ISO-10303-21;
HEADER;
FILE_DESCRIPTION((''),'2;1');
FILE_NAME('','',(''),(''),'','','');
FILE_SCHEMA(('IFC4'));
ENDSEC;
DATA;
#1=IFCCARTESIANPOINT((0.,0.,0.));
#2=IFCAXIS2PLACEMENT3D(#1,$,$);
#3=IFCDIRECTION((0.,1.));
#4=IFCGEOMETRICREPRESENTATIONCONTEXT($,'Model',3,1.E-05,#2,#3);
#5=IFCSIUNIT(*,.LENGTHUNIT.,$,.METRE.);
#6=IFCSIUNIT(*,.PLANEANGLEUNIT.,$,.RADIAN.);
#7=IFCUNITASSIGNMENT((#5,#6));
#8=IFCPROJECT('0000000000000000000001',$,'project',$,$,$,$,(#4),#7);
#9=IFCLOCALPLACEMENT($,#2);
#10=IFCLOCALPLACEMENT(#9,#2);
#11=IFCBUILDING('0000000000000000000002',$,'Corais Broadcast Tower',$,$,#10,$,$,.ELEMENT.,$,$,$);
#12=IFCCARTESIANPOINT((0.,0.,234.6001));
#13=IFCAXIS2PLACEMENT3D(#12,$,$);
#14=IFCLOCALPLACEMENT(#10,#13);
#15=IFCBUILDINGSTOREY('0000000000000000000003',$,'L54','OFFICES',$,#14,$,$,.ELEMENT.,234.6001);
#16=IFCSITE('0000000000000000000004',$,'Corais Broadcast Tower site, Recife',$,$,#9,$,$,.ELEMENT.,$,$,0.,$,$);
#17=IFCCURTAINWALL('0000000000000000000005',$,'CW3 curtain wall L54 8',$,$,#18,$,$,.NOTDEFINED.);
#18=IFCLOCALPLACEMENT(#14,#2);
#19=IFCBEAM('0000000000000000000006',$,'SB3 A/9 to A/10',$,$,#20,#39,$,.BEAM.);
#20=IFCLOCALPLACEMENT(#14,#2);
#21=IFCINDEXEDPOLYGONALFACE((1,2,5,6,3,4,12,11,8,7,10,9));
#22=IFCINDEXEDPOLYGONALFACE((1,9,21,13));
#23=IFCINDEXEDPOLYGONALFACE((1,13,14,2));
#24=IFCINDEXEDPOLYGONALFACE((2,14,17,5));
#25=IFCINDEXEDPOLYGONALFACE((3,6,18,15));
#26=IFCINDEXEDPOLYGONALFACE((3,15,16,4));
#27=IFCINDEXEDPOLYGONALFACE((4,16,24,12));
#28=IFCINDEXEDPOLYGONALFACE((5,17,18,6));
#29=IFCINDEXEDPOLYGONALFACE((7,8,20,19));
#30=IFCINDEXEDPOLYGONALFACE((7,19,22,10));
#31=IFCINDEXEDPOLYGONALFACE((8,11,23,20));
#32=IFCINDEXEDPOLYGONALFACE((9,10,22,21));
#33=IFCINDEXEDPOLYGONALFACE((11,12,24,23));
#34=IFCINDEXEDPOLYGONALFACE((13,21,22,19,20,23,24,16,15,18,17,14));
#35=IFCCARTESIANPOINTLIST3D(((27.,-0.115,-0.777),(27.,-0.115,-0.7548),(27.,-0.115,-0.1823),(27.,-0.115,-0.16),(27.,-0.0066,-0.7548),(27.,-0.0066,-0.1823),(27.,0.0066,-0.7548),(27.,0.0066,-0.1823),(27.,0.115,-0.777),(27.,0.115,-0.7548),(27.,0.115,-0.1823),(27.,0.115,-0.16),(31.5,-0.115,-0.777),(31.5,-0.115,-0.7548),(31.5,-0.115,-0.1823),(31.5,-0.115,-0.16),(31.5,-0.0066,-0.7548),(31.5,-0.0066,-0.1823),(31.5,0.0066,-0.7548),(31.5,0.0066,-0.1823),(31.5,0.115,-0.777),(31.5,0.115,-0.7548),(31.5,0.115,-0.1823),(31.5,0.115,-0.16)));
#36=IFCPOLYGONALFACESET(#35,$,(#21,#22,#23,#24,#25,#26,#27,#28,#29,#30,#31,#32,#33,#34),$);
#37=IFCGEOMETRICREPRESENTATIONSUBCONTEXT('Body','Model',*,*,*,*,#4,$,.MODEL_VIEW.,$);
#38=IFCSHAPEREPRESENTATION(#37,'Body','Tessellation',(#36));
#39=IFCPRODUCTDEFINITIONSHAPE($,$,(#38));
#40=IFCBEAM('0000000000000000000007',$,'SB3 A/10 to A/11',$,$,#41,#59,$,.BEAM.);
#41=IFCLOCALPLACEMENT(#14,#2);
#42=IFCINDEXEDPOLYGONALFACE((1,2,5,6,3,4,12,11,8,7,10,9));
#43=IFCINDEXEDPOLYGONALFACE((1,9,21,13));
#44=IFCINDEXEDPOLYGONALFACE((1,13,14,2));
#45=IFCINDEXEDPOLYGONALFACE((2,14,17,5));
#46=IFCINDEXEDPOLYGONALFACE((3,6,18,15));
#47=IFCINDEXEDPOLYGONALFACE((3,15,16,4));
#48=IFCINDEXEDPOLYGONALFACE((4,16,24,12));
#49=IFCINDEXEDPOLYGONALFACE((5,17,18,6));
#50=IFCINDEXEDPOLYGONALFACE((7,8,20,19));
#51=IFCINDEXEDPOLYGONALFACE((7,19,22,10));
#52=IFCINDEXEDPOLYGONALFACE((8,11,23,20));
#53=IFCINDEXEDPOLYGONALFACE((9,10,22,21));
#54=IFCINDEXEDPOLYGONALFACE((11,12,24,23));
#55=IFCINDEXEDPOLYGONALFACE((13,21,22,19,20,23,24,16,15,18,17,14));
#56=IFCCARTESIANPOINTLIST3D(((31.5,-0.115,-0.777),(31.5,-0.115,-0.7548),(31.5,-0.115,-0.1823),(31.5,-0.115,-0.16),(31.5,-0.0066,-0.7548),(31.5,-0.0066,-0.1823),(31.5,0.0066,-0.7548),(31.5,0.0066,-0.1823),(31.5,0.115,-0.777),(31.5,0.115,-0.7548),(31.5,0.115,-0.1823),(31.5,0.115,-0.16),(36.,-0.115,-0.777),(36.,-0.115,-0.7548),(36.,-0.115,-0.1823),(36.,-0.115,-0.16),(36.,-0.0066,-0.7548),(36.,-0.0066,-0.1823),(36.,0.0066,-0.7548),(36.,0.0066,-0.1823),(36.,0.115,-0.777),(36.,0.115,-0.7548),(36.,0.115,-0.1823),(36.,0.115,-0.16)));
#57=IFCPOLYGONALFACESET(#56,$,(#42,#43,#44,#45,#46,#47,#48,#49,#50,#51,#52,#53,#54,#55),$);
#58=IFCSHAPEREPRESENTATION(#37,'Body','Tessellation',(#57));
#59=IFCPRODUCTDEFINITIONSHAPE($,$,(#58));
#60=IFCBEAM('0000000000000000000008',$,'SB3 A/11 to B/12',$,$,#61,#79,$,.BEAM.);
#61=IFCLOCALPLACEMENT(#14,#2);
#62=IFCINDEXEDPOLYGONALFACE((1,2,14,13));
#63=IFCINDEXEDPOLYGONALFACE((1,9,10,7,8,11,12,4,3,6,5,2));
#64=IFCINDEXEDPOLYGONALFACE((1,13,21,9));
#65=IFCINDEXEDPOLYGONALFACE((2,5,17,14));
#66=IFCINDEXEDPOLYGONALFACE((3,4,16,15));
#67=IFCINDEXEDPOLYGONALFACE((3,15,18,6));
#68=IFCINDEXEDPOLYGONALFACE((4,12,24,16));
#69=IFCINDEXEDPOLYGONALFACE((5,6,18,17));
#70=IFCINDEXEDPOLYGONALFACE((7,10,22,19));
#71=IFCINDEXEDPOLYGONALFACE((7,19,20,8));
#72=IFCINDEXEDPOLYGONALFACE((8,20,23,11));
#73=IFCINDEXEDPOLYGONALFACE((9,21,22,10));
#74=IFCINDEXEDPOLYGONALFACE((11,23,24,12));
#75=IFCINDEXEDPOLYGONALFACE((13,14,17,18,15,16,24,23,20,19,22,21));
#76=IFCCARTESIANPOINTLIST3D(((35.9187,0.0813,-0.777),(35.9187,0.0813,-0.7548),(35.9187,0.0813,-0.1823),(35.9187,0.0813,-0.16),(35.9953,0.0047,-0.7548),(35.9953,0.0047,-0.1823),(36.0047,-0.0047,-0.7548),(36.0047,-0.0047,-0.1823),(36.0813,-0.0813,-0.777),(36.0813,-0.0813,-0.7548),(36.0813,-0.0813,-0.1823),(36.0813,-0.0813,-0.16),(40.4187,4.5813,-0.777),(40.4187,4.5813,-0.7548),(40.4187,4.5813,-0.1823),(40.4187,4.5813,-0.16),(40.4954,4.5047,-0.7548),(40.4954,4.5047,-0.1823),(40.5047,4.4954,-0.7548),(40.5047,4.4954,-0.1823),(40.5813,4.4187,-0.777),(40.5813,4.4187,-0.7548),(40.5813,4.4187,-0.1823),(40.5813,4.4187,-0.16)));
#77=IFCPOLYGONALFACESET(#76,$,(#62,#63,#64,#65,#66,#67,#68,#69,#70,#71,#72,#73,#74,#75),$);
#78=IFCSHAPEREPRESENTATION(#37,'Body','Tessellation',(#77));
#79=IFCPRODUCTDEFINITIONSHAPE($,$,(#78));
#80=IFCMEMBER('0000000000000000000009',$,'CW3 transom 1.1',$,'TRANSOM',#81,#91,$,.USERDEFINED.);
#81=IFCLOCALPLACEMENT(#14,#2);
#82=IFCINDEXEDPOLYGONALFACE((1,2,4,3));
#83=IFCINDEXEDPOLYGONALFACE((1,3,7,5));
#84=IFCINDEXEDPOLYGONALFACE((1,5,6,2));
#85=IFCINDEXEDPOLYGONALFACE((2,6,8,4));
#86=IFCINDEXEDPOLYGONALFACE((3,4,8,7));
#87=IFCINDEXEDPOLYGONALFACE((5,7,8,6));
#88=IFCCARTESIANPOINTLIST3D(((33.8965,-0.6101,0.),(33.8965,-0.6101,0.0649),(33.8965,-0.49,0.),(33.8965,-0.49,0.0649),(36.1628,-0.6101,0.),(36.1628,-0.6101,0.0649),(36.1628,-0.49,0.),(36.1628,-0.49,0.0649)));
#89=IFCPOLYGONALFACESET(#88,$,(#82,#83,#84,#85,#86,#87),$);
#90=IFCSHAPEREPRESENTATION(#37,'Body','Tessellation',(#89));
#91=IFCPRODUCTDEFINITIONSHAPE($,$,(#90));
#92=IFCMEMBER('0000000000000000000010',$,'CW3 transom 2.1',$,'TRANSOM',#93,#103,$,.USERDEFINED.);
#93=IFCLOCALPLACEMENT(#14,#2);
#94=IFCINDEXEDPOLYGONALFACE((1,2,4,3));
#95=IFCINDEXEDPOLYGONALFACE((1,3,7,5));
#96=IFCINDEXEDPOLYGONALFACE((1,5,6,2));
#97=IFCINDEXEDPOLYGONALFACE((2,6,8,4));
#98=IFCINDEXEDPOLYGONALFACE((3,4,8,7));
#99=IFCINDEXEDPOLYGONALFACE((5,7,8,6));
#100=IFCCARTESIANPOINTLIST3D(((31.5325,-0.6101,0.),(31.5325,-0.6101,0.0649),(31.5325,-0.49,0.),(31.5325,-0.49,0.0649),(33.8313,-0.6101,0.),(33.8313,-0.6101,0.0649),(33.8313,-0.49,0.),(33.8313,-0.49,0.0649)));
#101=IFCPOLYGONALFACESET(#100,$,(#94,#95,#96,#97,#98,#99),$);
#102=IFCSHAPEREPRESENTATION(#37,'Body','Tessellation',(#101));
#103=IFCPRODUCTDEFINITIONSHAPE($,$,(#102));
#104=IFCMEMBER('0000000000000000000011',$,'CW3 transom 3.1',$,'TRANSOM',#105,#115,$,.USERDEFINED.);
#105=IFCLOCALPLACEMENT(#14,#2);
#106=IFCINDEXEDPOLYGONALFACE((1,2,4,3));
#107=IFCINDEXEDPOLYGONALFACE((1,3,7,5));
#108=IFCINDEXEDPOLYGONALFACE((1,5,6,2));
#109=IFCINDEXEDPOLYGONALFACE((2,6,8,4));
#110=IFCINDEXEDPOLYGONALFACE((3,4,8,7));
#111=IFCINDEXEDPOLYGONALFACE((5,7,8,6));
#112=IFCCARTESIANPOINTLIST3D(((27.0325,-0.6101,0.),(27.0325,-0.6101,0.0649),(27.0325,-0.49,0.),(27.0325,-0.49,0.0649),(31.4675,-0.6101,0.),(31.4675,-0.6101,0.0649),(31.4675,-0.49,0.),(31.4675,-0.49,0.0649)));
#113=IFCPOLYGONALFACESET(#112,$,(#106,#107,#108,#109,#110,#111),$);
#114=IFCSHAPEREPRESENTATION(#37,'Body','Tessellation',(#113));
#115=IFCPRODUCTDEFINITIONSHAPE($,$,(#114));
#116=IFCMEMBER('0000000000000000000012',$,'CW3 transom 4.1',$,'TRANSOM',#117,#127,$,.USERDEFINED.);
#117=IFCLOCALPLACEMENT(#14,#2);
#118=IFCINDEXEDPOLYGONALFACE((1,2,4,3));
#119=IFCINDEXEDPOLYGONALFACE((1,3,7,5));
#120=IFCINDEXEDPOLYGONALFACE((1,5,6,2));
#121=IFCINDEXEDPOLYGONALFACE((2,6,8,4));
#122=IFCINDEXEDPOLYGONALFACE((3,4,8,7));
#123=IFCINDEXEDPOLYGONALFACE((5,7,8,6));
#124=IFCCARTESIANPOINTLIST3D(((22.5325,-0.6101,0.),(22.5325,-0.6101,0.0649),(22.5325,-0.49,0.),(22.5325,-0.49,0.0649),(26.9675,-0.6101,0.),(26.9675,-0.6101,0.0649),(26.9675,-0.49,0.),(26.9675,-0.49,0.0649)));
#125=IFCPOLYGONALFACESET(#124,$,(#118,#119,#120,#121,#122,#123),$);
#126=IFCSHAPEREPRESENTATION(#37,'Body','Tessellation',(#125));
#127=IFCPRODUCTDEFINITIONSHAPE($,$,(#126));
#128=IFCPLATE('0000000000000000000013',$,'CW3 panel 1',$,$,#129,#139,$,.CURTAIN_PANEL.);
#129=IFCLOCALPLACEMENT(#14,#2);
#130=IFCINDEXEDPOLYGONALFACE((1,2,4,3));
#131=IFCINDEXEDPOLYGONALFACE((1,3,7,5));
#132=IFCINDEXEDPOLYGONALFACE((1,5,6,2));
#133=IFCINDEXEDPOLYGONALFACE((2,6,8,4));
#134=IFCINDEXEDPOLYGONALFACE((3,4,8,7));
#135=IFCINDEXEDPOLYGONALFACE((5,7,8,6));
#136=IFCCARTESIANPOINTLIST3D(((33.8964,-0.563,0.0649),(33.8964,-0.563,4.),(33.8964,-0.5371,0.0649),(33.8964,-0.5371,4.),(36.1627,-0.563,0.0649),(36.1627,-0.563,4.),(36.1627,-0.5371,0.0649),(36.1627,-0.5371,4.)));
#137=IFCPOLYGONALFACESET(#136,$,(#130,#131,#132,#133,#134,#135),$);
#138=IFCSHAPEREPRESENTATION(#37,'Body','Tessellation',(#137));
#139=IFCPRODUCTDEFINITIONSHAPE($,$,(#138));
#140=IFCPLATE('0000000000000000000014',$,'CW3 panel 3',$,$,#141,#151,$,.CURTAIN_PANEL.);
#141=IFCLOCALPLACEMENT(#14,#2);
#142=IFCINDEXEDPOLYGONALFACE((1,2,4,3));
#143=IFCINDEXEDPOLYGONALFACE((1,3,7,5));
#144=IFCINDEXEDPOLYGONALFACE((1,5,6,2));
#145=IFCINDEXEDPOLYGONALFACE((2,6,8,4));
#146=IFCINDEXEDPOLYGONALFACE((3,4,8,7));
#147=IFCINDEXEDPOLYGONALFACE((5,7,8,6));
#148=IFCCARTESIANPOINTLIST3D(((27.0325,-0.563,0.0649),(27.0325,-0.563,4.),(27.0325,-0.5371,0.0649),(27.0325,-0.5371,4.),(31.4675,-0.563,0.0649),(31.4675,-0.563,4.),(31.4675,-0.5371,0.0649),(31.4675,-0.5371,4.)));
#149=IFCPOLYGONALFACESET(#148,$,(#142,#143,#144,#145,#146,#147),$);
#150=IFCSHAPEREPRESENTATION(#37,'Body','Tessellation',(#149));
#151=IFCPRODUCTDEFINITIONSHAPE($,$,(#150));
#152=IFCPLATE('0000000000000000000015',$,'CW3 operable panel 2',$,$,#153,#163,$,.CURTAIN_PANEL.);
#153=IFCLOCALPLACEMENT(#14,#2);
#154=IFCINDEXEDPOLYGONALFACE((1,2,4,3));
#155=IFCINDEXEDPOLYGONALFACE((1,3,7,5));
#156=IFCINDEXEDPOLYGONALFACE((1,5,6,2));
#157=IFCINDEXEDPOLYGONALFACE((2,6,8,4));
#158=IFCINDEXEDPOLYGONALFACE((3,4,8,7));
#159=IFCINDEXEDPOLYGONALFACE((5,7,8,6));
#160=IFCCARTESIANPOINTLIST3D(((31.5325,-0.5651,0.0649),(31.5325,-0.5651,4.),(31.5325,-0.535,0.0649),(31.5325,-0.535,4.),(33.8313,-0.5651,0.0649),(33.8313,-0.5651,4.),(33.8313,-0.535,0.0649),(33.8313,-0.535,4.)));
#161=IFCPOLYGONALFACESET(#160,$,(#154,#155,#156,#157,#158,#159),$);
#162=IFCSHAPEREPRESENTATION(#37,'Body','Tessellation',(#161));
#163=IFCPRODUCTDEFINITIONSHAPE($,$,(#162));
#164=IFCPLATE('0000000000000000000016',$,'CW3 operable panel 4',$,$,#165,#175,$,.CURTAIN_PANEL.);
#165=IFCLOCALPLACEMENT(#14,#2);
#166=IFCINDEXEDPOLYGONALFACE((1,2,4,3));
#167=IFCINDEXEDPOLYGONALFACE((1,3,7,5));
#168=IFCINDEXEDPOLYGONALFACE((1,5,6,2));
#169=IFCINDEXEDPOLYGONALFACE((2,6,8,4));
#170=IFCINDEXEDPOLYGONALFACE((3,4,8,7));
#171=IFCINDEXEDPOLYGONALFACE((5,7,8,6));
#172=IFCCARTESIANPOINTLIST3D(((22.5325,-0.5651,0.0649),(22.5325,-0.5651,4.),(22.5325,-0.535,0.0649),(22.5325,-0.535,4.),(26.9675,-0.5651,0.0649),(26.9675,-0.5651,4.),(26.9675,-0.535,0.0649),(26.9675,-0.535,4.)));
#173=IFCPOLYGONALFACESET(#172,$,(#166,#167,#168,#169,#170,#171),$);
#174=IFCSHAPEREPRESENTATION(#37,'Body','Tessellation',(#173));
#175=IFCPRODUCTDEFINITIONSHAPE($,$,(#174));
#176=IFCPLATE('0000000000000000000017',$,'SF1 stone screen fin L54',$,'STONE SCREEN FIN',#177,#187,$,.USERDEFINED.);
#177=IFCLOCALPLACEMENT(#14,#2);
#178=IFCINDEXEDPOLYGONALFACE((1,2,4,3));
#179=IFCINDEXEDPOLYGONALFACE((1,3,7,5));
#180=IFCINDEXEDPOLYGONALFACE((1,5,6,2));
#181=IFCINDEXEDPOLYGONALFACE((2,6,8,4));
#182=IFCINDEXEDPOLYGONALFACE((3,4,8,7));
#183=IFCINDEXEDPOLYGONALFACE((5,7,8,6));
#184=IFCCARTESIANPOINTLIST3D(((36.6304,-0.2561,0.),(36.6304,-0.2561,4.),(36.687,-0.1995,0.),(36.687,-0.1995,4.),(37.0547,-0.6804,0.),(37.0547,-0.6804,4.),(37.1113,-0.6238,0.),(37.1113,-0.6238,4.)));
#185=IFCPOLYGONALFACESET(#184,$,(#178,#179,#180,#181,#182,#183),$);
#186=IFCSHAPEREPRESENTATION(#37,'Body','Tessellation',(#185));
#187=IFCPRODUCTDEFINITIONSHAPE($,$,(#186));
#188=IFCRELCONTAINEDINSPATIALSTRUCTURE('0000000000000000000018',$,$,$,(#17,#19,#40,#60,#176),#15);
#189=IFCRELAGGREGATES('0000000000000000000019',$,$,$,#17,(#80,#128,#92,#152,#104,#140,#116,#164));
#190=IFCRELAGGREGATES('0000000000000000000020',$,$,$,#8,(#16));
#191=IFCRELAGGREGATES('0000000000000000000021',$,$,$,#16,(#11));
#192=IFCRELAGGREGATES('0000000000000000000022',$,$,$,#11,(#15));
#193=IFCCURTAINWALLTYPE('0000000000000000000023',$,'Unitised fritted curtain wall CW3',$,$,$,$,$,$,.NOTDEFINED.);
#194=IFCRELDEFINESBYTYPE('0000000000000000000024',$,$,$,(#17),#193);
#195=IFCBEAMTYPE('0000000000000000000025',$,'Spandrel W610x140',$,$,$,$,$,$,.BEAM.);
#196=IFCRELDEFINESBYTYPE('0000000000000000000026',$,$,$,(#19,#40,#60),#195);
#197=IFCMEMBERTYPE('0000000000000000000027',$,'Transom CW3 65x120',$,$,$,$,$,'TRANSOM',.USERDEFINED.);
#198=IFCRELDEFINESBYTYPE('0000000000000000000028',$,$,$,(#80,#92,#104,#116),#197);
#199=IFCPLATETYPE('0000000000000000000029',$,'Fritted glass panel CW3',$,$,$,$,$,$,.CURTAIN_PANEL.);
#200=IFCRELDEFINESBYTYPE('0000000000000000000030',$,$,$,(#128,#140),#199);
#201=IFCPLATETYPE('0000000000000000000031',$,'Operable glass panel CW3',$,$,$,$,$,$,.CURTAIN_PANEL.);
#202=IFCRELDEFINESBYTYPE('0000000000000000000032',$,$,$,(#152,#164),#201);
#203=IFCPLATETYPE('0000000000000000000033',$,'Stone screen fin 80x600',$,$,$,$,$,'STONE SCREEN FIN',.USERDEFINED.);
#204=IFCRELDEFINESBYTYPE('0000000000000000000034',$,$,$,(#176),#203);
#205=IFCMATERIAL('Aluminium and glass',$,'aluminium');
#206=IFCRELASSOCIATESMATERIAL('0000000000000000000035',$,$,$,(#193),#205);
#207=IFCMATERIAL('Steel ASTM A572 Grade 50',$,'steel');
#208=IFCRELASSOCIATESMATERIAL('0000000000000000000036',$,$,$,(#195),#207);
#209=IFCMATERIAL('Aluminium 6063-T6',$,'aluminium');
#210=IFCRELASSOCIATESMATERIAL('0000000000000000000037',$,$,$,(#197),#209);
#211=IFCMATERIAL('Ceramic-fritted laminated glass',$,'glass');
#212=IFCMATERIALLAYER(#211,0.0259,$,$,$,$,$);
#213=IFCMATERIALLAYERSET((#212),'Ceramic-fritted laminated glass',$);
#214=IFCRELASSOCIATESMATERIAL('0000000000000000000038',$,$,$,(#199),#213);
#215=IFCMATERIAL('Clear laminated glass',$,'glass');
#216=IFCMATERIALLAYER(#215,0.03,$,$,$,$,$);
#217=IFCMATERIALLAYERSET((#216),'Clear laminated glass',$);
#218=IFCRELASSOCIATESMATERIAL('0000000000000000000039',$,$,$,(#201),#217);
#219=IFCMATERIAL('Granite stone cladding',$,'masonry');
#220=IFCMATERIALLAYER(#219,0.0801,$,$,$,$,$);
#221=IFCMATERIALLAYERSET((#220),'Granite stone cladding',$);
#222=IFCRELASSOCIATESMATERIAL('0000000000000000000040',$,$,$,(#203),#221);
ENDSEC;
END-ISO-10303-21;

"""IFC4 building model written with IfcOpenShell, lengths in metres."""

from ifc_helpers import new_model, si_unit, direction, frame, origin, origin_2d, place, context, subcontext, project, spatial, rectangle, i_section, extrude, material, layer, layer_set, material_profile, profile_set, type_object, element, aggregate, save


model = new_model("IFC4")

# Units and contexts
model_context = context("Model", 3, precision=1e-05, world=origin(), true_north=direction((0.0, 1.0)))
body_context = subcontext(model_context, "Body", "Model", "MODEL_VIEW")
ifc_project = project(units=[si_unit("LENGTHUNIT", "METRE"), si_unit("PLANEANGLEUNIT", "RADIAN")], contexts=[model_context])

# Site, building, storey
site_placement = place(None, origin())
site = spatial("IfcSite", under=ifc_project, at=site_placement, Name="Corais Broadcast Tower site, Recife", CompositionType="ELEMENT", RefElevation=0.0)
building_placement = place(site_placement, origin())
building = spatial("IfcBuilding", under=site, at=building_placement, Name="Corais Broadcast Tower", CompositionType="ELEMENT")
storey_placement = place(building_placement, frame((0.0, 0.0, 234.6001)))
storey = spatial("IfcBuildingStorey", under=building, at=storey_placement, Name="L54", Description="OFFICES", CompositionType="ELEMENT", Elevation=234.6001)

# Shared definitions
ifc_material_1 = material(Name="Aluminium and glass", Category="aluminium")
curtain_wall_type = type_object("IfcCurtainWallType", Name="Unitised fritted curtain wall CW3", PredefinedType="NOTDEFINED", material=ifc_material_1)

# Curtain wall
curtain_wall_1_placement = place(storey_placement, origin())
curtain_wall_1 = element("IfcCurtainWall", 1, at=curtain_wall_1_placement, inside=storey, type_object=curtain_wall_type, Name="CW3 curtain wall L54 8", PredefinedType="NOTDEFINED")

# Beams
ifc_material_2 = material(Name="Steel ASTM A572 Grade 50", Category="steel")
ifc_material_profile_1 = material_profile(ifc_material_2, i_section(OverallWidth=0.23, OverallDepth=0.6169, WebThickness=0.0132, FlangeThickness=0.0222, at=origin_2d()), Name="W610x140")
ifc_profile_set_1 = profile_set([ifc_material_profile_1], Name="Steel ASTM A572 Grade 50")
beam_type_1 = type_object("IfcBeamType", Name="Spandrel W610x140", PredefinedType="BEAM", material=ifc_profile_set_1)
for number, where, z_axis, x_axis, name in (
    (2, (27.0, 0.0, -0.4685), (1.0, 0.0, 0.0), (0.0, 1.0, 0.0), "SB3 A/9 to A/10"),
    (3, (31.5, 0.0, -0.4685), (1.0, 0.0, 0.0), (0.0, 1.0, 0.0), "SB3 A/10 to A/11"),
):
    element("IfcBeam", number, at=place(storey_placement, frame(where, z_axis=z_axis, x_axis=x_axis)), inside=storey, type_object=beam_type_1, Name=name, PredefinedType="BEAM", context=body_context, shape_type="SweptSolid", body=[
        extrude(i_section(OverallWidth=0.23, OverallDepth=0.6169, WebThickness=0.0132, FlangeThickness=0.0222, at=origin_2d()), origin(), (0.0, 0.0, 1.0), 4.5),
    ])
beam_placement = place(storey_placement, frame((36.0, 0.0, -0.4685), z_axis=(0.707107, 0.707107, 0.0), x_axis=(-0.707107, 0.707107, 0.0)))
element("IfcBeam", 4, at=beam_placement, inside=storey, type_object=beam_type_1, Name="SB3 A/11 to B/12", PredefinedType="BEAM", context=body_context, shape_type="SweptSolid", body=[
    extrude(i_section(OverallWidth=0.23, OverallDepth=0.6169, WebThickness=0.0132, FlangeThickness=0.0222, at=origin_2d()), origin(), (0.0, 0.0, 1.0), 6.364),
])

# Members
ifc_material_3 = material(Name="Aluminium 6063-T6", Category="aluminium")
ifc_material_profile_2 = material_profile(ifc_material_3, rectangle(XDim=0.1201, YDim=0.0649, at=origin_2d()), Name="Transom CW3 65x120")
ifc_profile_set_2 = profile_set([ifc_material_profile_2], Name="Aluminium 6063-T6")
member_type_1 = type_object("IfcMemberType", Name="Transom CW3 65x120", ElementType="TRANSOM", PredefinedType="USERDEFINED", material=ifc_profile_set_2)
member_1_placement = place(storey_placement, frame((36.1628, -0.55, 0.0325), z_axis=(-1.0, 0.0, 0.0), x_axis=(0.0, -1.0, 0.0)))
member_1 = element("IfcMember", 5, at=member_1_placement, type_object=member_type_1, Name="CW3 transom 1.1", ObjectType="TRANSOM", PredefinedType="USERDEFINED", context=body_context, shape_type="SweptSolid", body=[
    extrude(rectangle(XDim=0.1201, YDim=0.0649, at=origin_2d()), origin(), (0.0, 0.0, 1.0), 2.2664),
])
member_2_placement = place(storey_placement, frame((33.8313, -0.55, 0.0325), z_axis=(-1.0, 0.0, 0.0), x_axis=(0.0, -1.0, 0.0)))
member_2 = element("IfcMember", 6, at=member_2_placement, type_object=member_type_1, Name="CW3 transom 2.1", ObjectType="TRANSOM", PredefinedType="USERDEFINED", context=body_context, shape_type="SweptSolid", body=[
    extrude(rectangle(XDim=0.1201, YDim=0.0649, at=origin_2d()), origin(), (0.0, 0.0, 1.0), 2.2988),
])
member_3_placement = place(storey_placement, frame((31.4675, -0.55, 0.0325), z_axis=(-1.0, 0.0, 0.0), x_axis=(0.0, -1.0, 0.0)))
member_3 = element("IfcMember", 7, at=member_3_placement, type_object=member_type_1, Name="CW3 transom 3.1", ObjectType="TRANSOM", PredefinedType="USERDEFINED", context=body_context, shape_type="SweptSolid", body=[
    extrude(rectangle(XDim=0.1201, YDim=0.0649, at=origin_2d()), origin(), (0.0, 0.0, 1.0), 4.4351),
])
member_4_placement = place(storey_placement, frame((26.9675, -0.55, 0.0325), z_axis=(-1.0, 0.0, 0.0), x_axis=(0.0, -1.0, 0.0)))
member_4 = element("IfcMember", 8, at=member_4_placement, type_object=member_type_1, Name="CW3 transom 4.1", ObjectType="TRANSOM", PredefinedType="USERDEFINED", context=body_context, shape_type="SweptSolid", body=[
    extrude(rectangle(XDim=0.1201, YDim=0.0649, at=origin_2d()), origin(), (0.0, 0.0, 1.0), 4.4351),
])

# Plates
ifc_material_4 = material(Name="Ceramic-fritted laminated glass", Category="glass")
ifc_layer_1 = layer(ifc_material_4, 0.0259)
ifc_layer_set_1 = layer_set([ifc_layer_1], Name="Ceramic-fritted laminated glass")
plate_type_1 = type_object("IfcPlateType", Name="Fritted glass panel CW3", PredefinedType="CURTAIN_PANEL", material=ifc_layer_set_1)
plate_1_placement = place(storey_placement, frame((35.0295, -0.55, 0.0649), z_axis=(0.0, 0.0, 1.0), x_axis=(-1.0, 0.0, 0.0)))
plate_1 = element("IfcPlate", 9, at=plate_1_placement, type_object=plate_type_1, Name="CW3 panel 1", PredefinedType="CURTAIN_PANEL", context=body_context, shape_type="SweptSolid", body=[
    extrude(rectangle(XDim=2.2664, YDim=0.0259, at=origin_2d()), origin(), (0.0, 0.0, 1.0), 3.9351),
])
plate_2_placement = place(storey_placement, frame((29.25, -0.55, 0.0649), z_axis=(0.0, 0.0, 1.0), x_axis=(-1.0, 0.0, 0.0)))
plate_2 = element("IfcPlate", 10, at=plate_2_placement, type_object=plate_type_1, Name="CW3 panel 3", PredefinedType="CURTAIN_PANEL", context=body_context, shape_type="SweptSolid", body=[
    extrude(rectangle(XDim=4.4351, YDim=0.0259, at=origin_2d()), origin(), (0.0, 0.0, 1.0), 3.9351),
])
ifc_material_5 = material(Name="Clear laminated glass", Category="glass")
ifc_layer_2 = layer(ifc_material_5, 0.03)
ifc_layer_set_2 = layer_set([ifc_layer_2], Name="Clear laminated glass")
plate_type_2 = type_object("IfcPlateType", Name="Operable glass panel CW3", PredefinedType="CURTAIN_PANEL", material=ifc_layer_set_2)
plate_3_placement = place(storey_placement, frame((32.6819, -0.55, 0.0649), z_axis=(0.0, 0.0, 1.0), x_axis=(-1.0, 0.0, 0.0)))
plate_3 = element("IfcPlate", 11, at=plate_3_placement, type_object=plate_type_2, Name="CW3 operable panel 2", PredefinedType="CURTAIN_PANEL", context=body_context, shape_type="SweptSolid", body=[
    extrude(rectangle(XDim=2.2988, YDim=0.03, at=origin_2d()), origin(), (0.0, 0.0, 1.0), 3.9351),
])
plate_4_placement = place(storey_placement, frame((24.75, -0.55, 0.0649), z_axis=(0.0, 0.0, 1.0), x_axis=(-1.0, 0.0, 0.0)))
plate_4 = element("IfcPlate", 12, at=plate_4_placement, type_object=plate_type_2, Name="CW3 operable panel 4", PredefinedType="CURTAIN_PANEL", context=body_context, shape_type="SweptSolid", body=[
    extrude(rectangle(XDim=4.4351, YDim=0.03, at=origin_2d()), origin(), (0.0, 0.0, 1.0), 3.9351),
])
aggregate(curtain_wall_1, [member_1, plate_1, member_2, plate_3, member_3, plate_2, member_4, plate_4])
ifc_material_6 = material(Name="Granite stone cladding", Category="masonry")
ifc_layer_3 = layer(ifc_material_6, 0.0801)
ifc_layer_set_3 = layer_set([ifc_layer_3], Name="Granite stone cladding")
plate_type_3 = type_object("IfcPlateType", Name="Stone screen fin 80x600", ElementType="STONE SCREEN FIN", PredefinedType="USERDEFINED", material=ifc_layer_set_3)
plate_5_placement = place(storey_placement, frame((36.8708, -0.4399, 0.0), z_axis=(0.0, 0.0, 1.0), x_axis=(-0.707107, -0.707107, 0.0)))
element("IfcPlate", 13, at=plate_5_placement, inside=storey, type_object=plate_type_3, Name="SF1 stone screen fin L54", ObjectType="STONE SCREEN FIN", PredefinedType="USERDEFINED", context=body_context, shape_type="SweptSolid", body=[
    extrude(rectangle(XDim=0.0801, YDim=0.6001, at=origin_2d()), origin(), (0.0, 0.0, 1.0), 4.0),
])

save(model, "model.ifc")
